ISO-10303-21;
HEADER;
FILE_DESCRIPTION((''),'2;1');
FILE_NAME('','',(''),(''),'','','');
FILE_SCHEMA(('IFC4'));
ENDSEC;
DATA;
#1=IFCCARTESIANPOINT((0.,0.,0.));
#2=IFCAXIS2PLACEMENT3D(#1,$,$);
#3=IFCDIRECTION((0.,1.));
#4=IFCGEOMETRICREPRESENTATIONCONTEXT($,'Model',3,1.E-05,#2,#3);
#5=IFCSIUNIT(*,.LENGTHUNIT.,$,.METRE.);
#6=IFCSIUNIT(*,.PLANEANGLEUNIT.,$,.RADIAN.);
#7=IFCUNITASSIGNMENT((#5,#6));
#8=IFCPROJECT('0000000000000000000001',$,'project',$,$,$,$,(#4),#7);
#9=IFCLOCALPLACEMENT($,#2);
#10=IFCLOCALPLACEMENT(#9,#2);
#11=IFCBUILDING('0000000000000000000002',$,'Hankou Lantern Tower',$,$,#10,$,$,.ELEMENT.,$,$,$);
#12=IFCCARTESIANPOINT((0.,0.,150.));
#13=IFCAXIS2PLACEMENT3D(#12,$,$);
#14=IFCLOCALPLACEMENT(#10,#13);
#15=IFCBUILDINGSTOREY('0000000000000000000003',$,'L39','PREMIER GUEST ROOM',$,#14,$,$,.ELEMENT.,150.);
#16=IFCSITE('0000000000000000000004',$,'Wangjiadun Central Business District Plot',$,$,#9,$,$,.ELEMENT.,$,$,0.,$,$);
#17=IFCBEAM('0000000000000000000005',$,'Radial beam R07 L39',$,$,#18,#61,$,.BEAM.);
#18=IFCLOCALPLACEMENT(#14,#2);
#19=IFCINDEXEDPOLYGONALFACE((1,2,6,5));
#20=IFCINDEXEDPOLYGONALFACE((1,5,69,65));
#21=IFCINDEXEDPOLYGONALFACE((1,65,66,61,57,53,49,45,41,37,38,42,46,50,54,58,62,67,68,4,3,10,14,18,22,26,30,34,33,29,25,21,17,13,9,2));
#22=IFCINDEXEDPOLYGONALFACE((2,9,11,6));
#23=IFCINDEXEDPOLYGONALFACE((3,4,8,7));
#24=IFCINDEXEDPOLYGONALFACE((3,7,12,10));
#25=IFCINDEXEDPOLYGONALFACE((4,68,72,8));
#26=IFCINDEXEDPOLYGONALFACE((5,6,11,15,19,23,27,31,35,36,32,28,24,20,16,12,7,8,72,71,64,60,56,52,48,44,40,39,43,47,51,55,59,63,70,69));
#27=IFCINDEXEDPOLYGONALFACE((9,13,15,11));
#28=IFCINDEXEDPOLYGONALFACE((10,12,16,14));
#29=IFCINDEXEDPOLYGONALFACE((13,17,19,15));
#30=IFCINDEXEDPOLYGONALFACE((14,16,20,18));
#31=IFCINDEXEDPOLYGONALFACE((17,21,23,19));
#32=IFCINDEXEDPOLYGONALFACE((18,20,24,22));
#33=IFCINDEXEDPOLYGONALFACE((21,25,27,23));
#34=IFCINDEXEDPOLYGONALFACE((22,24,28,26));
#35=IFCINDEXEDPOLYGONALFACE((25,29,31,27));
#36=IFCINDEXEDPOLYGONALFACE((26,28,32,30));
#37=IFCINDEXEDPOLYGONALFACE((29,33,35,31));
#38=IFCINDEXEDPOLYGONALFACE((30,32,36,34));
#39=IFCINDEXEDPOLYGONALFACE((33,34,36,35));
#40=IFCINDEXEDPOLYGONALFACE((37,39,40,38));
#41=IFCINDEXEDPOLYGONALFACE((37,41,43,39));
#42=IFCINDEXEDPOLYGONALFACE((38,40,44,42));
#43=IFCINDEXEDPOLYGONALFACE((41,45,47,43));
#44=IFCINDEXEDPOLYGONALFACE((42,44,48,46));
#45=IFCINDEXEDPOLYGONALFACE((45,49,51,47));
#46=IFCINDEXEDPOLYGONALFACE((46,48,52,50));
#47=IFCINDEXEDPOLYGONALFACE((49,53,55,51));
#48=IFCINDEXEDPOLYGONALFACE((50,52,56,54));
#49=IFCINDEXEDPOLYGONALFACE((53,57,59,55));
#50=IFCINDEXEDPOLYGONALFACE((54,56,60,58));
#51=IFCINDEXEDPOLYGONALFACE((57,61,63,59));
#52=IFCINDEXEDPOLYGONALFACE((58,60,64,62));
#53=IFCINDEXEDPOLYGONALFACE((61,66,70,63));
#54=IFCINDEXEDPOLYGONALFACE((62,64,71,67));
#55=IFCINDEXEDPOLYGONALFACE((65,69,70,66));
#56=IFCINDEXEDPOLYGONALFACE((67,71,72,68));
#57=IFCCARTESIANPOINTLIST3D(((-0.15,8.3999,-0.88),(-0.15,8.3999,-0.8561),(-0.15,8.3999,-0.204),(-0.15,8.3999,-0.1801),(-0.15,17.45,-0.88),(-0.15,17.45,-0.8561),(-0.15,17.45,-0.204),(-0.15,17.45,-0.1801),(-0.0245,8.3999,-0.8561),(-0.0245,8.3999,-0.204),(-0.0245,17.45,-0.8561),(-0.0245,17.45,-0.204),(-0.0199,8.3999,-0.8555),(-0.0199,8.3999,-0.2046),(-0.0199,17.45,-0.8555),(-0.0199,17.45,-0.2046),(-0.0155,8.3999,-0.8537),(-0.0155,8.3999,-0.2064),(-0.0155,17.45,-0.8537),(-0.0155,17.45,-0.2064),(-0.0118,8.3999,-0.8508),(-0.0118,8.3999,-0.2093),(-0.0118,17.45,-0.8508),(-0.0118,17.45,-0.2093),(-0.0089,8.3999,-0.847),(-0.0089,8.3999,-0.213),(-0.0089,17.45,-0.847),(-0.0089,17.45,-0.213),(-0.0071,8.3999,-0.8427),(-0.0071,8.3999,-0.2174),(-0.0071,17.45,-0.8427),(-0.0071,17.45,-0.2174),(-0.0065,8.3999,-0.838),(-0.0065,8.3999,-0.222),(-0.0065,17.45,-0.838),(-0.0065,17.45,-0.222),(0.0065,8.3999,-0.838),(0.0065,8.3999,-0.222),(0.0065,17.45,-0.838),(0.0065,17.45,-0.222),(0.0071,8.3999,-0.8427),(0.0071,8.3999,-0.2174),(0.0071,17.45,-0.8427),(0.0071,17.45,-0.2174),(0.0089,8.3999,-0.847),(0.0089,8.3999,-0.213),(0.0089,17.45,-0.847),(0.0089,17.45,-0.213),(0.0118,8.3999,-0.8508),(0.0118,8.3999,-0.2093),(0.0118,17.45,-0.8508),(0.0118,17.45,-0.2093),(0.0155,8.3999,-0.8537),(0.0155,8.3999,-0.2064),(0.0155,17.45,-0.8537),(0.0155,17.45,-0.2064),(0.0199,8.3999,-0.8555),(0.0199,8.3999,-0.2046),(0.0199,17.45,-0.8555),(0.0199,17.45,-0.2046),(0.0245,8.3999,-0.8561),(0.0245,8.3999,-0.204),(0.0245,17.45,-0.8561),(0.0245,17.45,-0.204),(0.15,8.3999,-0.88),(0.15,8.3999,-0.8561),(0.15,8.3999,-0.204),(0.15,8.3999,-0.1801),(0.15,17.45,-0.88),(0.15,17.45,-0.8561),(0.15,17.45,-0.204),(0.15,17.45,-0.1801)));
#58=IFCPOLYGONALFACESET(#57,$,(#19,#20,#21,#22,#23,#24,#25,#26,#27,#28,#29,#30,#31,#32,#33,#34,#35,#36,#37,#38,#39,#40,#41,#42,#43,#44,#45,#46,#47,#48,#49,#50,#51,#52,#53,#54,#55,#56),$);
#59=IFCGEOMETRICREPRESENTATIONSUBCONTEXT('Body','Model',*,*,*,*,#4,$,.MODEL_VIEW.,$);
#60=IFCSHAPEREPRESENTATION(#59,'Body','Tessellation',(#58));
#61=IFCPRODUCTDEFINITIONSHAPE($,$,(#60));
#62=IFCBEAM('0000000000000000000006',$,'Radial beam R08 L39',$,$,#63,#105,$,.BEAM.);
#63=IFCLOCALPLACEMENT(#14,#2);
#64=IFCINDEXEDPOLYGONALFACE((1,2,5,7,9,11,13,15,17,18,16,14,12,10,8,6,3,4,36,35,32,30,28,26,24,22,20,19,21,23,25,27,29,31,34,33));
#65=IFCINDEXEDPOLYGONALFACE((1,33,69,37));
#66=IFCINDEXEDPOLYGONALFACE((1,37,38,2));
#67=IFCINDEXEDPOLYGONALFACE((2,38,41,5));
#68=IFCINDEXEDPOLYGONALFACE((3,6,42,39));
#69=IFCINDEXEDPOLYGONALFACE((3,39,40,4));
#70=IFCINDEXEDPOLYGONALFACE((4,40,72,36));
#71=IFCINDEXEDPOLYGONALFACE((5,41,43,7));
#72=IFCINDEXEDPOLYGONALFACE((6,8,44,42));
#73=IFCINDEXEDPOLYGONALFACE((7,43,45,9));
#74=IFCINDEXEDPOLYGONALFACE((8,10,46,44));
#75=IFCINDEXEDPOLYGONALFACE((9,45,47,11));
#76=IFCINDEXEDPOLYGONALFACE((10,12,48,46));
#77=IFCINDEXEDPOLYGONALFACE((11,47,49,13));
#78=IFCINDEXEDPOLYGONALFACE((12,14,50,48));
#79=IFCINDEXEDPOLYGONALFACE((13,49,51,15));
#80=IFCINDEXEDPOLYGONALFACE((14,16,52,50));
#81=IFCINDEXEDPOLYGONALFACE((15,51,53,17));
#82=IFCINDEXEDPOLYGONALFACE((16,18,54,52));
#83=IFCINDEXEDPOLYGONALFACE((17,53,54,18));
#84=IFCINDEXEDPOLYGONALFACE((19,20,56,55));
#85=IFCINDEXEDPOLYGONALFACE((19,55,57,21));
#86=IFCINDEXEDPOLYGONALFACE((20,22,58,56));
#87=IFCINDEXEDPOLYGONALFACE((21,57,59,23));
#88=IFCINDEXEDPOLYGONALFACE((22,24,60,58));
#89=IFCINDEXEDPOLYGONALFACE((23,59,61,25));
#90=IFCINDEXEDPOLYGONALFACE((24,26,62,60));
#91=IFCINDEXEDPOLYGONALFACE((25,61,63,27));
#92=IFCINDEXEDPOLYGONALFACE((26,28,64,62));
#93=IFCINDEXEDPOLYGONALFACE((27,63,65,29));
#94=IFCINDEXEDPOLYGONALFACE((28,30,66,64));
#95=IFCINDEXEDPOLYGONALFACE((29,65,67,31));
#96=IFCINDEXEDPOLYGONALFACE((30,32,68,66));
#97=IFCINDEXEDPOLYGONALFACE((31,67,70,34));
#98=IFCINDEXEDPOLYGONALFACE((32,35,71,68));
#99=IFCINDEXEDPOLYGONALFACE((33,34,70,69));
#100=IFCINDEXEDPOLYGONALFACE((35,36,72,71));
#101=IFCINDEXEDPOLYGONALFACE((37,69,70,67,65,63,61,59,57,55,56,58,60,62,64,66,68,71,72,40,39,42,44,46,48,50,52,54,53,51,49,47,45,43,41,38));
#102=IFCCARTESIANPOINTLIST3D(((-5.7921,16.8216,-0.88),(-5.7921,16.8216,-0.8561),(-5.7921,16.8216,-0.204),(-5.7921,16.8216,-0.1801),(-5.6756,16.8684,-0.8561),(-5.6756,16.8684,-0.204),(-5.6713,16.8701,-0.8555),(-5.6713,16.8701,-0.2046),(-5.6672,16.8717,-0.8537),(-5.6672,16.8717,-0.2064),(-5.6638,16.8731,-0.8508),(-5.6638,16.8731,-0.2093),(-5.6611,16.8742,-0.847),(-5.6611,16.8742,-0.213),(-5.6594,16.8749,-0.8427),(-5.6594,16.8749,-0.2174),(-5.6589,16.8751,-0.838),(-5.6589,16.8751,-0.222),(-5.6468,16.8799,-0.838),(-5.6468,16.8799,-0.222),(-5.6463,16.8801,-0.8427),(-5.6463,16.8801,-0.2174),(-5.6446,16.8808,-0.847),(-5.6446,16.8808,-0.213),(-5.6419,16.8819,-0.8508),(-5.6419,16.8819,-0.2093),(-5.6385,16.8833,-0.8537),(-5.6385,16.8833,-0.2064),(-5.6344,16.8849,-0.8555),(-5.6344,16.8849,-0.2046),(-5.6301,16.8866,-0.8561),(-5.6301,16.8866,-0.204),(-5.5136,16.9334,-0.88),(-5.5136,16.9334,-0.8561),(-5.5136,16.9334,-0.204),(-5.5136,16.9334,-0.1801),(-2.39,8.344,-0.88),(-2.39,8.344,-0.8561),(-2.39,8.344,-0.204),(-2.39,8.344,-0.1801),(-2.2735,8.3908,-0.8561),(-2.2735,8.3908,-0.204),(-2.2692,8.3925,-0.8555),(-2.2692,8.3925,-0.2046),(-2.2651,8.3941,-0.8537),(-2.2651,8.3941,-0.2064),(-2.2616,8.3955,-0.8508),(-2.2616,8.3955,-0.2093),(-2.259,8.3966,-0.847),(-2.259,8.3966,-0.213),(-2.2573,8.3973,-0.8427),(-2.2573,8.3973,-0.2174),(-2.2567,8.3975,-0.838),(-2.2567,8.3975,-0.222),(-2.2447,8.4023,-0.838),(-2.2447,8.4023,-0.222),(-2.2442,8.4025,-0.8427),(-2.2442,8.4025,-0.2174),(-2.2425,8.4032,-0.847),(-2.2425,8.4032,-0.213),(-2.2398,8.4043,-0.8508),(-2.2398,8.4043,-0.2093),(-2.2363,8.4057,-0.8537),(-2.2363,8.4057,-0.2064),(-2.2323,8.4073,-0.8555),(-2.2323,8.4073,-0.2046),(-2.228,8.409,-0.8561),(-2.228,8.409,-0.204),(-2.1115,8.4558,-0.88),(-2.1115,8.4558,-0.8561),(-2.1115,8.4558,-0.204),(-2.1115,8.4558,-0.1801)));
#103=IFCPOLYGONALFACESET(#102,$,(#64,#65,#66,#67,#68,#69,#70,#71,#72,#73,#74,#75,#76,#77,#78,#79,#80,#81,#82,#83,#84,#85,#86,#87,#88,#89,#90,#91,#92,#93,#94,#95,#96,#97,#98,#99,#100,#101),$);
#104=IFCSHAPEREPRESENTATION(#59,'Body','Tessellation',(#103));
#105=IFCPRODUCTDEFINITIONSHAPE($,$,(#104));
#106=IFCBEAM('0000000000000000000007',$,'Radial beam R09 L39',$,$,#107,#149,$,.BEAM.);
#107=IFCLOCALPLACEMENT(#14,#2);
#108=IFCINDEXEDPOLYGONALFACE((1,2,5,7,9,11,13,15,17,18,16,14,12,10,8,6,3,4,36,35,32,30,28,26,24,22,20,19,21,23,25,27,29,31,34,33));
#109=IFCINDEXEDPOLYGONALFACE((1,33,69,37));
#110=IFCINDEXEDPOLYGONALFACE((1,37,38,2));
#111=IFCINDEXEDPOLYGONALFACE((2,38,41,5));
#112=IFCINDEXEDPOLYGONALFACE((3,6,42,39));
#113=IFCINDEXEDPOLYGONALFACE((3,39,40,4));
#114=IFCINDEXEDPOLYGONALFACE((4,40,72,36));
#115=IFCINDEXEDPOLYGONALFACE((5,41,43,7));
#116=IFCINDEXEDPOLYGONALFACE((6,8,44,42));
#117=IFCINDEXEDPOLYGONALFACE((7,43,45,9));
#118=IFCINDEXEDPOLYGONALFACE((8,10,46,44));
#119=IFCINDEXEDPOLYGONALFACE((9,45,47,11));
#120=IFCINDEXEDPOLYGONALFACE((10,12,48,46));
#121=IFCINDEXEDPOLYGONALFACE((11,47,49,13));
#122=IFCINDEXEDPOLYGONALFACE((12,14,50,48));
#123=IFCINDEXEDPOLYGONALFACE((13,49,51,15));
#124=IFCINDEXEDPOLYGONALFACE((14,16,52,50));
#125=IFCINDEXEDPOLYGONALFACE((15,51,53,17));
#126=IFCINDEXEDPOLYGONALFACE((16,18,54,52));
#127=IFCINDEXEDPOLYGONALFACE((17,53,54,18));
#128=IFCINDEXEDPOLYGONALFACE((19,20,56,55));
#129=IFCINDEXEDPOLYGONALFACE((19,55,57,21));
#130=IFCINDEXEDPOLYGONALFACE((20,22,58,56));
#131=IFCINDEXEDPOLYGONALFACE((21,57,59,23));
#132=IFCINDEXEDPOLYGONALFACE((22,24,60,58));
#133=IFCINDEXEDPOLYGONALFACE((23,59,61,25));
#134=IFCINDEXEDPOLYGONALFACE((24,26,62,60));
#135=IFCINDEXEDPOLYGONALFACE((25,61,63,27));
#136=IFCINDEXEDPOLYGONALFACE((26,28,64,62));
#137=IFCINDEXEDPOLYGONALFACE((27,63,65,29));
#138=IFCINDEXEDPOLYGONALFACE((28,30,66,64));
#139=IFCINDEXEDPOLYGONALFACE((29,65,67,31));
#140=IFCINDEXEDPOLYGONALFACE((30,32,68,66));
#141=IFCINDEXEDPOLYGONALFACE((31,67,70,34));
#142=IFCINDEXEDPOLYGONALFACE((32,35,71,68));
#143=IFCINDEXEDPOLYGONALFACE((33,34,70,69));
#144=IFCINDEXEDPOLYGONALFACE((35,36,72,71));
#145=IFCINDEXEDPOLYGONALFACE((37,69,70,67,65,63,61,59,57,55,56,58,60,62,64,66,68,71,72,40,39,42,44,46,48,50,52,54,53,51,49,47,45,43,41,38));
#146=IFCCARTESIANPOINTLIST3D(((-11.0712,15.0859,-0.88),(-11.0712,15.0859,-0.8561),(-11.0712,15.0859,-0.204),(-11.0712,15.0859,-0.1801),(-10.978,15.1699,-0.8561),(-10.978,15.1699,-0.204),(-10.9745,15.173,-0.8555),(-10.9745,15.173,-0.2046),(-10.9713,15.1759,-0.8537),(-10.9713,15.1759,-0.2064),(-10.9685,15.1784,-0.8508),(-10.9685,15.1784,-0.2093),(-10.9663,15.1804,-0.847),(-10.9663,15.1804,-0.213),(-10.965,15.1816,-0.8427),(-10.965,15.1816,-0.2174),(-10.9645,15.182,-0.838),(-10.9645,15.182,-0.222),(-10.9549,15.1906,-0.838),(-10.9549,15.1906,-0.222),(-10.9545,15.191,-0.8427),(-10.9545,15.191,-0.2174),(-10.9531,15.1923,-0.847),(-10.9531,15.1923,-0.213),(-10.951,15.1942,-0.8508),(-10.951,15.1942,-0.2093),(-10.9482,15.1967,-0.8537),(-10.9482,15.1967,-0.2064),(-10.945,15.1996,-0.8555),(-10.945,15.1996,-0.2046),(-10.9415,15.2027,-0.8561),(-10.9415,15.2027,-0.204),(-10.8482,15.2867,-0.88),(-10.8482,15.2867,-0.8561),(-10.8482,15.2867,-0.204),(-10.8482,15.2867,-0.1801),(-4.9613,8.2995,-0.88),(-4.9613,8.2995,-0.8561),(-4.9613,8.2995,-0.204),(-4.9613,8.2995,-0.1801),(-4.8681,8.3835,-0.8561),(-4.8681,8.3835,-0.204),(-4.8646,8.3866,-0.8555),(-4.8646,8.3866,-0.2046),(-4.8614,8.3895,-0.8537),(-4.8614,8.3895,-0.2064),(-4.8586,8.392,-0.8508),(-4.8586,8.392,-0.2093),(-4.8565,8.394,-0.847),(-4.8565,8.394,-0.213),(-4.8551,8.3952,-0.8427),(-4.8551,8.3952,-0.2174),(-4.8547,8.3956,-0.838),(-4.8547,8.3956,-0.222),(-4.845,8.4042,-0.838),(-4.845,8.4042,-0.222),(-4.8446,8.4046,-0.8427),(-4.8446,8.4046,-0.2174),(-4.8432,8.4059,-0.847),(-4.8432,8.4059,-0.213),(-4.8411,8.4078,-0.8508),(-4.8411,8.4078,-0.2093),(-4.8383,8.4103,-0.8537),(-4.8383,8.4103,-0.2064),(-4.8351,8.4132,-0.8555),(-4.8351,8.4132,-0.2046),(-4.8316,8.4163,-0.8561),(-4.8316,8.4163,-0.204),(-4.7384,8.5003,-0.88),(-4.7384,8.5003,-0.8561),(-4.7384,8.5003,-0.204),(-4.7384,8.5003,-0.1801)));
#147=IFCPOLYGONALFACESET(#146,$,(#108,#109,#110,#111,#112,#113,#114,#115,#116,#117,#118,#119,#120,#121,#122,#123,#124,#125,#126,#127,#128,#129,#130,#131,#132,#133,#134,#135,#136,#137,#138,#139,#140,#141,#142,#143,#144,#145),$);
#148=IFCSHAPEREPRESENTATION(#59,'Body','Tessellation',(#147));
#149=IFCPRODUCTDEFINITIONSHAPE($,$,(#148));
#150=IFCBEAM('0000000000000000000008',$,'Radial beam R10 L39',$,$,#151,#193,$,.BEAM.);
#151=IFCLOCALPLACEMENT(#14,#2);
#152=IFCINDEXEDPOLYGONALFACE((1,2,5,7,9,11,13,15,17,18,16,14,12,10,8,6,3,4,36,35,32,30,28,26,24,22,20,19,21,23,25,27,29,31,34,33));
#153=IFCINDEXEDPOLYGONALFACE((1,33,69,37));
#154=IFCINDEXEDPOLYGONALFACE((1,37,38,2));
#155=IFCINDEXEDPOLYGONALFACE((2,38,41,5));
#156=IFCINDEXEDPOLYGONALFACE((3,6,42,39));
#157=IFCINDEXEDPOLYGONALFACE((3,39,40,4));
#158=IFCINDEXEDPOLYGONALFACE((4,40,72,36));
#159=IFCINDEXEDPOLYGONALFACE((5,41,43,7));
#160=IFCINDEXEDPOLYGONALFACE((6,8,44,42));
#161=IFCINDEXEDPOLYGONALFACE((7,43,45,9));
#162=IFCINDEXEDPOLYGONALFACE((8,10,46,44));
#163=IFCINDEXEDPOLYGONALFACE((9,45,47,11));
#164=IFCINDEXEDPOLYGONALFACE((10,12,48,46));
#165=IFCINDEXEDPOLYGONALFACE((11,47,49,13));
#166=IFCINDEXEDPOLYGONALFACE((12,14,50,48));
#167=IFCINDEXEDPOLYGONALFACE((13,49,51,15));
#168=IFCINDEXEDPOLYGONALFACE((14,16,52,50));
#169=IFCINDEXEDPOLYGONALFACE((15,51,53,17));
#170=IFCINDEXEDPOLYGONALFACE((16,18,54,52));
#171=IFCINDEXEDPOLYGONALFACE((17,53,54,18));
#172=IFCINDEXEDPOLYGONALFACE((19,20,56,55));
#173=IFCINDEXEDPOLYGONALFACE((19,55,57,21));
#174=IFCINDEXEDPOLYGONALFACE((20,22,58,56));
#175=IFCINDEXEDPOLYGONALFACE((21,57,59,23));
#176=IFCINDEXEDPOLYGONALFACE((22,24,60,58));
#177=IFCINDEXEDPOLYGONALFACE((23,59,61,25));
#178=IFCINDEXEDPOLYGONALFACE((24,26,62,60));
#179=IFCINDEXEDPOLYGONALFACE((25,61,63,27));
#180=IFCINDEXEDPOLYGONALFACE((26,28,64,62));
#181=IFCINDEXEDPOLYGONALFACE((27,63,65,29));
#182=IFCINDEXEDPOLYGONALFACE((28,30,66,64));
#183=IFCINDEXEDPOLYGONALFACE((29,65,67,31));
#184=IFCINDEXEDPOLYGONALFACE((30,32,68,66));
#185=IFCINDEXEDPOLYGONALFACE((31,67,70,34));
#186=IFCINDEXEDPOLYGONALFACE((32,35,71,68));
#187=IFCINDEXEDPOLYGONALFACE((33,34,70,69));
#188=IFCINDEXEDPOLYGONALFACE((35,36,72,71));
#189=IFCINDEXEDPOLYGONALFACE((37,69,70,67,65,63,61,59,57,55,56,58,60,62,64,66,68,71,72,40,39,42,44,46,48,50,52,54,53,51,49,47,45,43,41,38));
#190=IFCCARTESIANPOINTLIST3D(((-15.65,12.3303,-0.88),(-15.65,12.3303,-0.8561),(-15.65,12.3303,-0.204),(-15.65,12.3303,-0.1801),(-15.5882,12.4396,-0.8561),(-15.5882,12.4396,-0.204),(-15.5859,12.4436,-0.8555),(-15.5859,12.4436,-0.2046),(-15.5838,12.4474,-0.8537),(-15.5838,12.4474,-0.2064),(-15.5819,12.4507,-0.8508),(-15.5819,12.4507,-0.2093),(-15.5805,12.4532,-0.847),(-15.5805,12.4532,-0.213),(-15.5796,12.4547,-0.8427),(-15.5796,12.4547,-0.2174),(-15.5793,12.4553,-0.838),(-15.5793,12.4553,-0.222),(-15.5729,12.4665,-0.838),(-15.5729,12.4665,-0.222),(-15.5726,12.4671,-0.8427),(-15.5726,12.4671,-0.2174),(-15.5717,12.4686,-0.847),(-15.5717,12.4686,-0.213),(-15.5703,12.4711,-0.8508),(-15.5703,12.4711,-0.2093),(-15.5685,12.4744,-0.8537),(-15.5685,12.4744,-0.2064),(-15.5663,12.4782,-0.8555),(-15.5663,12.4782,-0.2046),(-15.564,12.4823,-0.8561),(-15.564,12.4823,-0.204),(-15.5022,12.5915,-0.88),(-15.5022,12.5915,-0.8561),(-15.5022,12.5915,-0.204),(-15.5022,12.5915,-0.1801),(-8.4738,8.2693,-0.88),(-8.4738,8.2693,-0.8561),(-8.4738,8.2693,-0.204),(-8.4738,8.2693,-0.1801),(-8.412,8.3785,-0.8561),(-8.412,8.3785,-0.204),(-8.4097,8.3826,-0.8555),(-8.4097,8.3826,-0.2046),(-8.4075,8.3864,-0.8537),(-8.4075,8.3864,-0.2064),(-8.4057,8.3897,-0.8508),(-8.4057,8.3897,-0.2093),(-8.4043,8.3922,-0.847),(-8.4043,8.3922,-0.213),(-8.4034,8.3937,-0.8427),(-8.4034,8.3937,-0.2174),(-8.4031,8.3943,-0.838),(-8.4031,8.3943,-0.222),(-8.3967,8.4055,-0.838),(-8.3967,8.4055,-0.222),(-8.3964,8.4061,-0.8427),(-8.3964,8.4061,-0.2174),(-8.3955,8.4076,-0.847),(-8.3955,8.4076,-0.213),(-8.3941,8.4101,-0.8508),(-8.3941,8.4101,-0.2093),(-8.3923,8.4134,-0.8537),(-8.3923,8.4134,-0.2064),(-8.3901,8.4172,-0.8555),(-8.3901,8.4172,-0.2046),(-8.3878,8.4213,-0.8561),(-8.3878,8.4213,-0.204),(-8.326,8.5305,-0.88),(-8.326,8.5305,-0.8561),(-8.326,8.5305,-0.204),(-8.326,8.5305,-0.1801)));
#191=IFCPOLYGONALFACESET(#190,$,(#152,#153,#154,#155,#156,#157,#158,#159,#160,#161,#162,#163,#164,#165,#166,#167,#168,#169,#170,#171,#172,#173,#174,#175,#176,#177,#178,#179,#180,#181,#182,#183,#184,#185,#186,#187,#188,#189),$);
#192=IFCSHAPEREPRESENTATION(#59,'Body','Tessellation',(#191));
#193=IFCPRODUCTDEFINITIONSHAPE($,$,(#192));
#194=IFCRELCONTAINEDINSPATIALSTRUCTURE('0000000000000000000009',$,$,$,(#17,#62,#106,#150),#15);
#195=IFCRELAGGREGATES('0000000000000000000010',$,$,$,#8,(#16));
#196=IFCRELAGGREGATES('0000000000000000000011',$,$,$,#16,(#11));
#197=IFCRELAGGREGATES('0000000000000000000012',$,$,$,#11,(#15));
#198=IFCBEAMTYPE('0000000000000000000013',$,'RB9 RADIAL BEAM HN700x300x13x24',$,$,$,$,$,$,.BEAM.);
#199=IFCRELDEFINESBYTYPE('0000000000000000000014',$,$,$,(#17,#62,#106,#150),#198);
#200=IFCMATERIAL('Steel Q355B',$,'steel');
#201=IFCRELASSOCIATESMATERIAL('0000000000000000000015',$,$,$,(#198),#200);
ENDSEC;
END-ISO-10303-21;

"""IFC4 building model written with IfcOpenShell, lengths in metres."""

from ifc_helpers import new_model, si_unit, direction, frame, origin, origin_2d, place, context, subcontext, project, spatial, i_section, extrude, material, material_profile, profile_set, type_object, element, save


model = new_model("IFC4")

# Units and contexts
model_context = context("Model", 3, precision=1e-05, world=origin(), true_north=direction((0.0, 1.0)))
body_context = subcontext(model_context, "Body", "Model", "MODEL_VIEW")
ifc_project = project(units=[si_unit("LENGTHUNIT", "METRE"), si_unit("PLANEANGLEUNIT", "RADIAN")], contexts=[model_context])

# Site, building, storey
site_placement = place(None, origin())
site = spatial("IfcSite", under=ifc_project, at=site_placement, Name="Wangjiadun Central Business District Plot", CompositionType="ELEMENT", RefElevation=0.0)
building_placement = place(site_placement, origin())
building = spatial("IfcBuilding", under=site, at=building_placement, Name="Hankou Lantern Tower", CompositionType="ELEMENT")
storey_placement = place(building_placement, frame((0.0, 0.0, 150.0)))
storey = spatial("IfcBuildingStorey", under=building, at=storey_placement, Name="L39", Description="PREMIER GUEST ROOM", CompositionType="ELEMENT", Elevation=150.0)

# Beams
ifc_material_1 = material(Name="Steel Q355B", Category="steel")
ifc_material_profile_1 = material_profile(ifc_material_1, i_section(OverallWidth=0.3, OverallDepth=0.7, WebThickness=0.0129, FlangeThickness=0.0239, FilletRadius=0.0181, at=origin_2d()), Name="HN700x300x13x24")
ifc_profile_set_1 = profile_set([ifc_material_profile_1], Name="Steel Q355B")
beam_type_1 = type_object("IfcBeamType", Name="RB9 RADIAL BEAM HN700x300x13x24", PredefinedType="BEAM", material=ifc_profile_set_1)
beam_1_placement = place(storey_placement, frame((0.0, 8.3999, -0.53), z_axis=(0.0, 1.0, 0.0), x_axis=(-1.0, 0.0, 0.0)))
element("IfcBeam", 1, at=beam_1_placement, inside=storey, type_object=beam_type_1, Name="Radial beam R07 L39", PredefinedType="BEAM", context=body_context, shape_type="SweptSolid", body=[
    extrude(i_section(OverallWidth=0.3, OverallDepth=0.7, WebThickness=0.0129, FlangeThickness=0.0239, FilletRadius=0.0181, at=origin_2d()), origin(), (0.0, 0.0, 1.0), 9.05),
])
beam_2_placement = place(storey_placement, frame((-2.2507, 8.3999, -0.53), z_axis=(-0.372436, 0.928058, 0.0), x_axis=(-0.928058, -0.372436, 0.0)))
element("IfcBeam", 2, at=beam_2_placement, inside=storey, type_object=beam_type_1, Name="Radial beam R08 L39", PredefinedType="BEAM", context=body_context, shape_type="SweptSolid", body=[
    extrude(i_section(OverallWidth=0.3, OverallDepth=0.7, WebThickness=0.0129, FlangeThickness=0.0239, FilletRadius=0.0181, at=origin_2d()), origin(), (0.0, 0.0, 1.0), 9.1348),
])
beam_3_placement = place(storey_placement, frame((-4.8499, 8.3999, -0.53), z_axis=(-0.669093, 0.743178, 0.0), x_axis=(-0.743178, -0.669093, 0.0)))
element("IfcBeam", 3, at=beam_3_placement, inside=storey, type_object=beam_type_1, Name="Radial beam R09 L39", PredefinedType="BEAM", context=body_context, shape_type="SweptSolid", body=[
    extrude(i_section(OverallWidth=0.3, OverallDepth=0.7, WebThickness=0.0129, FlangeThickness=0.0239, FilletRadius=0.0181, at=origin_2d()), origin(), (0.0, 0.0, 1.0), 9.1316),
])
beam_4_placement = place(storey_placement, frame((-8.3999, 8.3999, -0.53), z_axis=(-0.870309, 0.492506, 0.0), x_axis=(-0.492506, -0.870309, 0.0)))
element("IfcBeam", 4, at=beam_4_placement, inside=storey, type_object=beam_type_1, Name="Radial beam R10 L39", PredefinedType="BEAM", context=body_context, shape_type="SweptSolid", body=[
    extrude(i_section(OverallWidth=0.3, OverallDepth=0.7, WebThickness=0.0129, FlangeThickness=0.0239, FilletRadius=0.0181, at=origin_2d()), origin(), (0.0, 0.0, 1.0), 8.2456),
])

save(model, "model.ifc")
